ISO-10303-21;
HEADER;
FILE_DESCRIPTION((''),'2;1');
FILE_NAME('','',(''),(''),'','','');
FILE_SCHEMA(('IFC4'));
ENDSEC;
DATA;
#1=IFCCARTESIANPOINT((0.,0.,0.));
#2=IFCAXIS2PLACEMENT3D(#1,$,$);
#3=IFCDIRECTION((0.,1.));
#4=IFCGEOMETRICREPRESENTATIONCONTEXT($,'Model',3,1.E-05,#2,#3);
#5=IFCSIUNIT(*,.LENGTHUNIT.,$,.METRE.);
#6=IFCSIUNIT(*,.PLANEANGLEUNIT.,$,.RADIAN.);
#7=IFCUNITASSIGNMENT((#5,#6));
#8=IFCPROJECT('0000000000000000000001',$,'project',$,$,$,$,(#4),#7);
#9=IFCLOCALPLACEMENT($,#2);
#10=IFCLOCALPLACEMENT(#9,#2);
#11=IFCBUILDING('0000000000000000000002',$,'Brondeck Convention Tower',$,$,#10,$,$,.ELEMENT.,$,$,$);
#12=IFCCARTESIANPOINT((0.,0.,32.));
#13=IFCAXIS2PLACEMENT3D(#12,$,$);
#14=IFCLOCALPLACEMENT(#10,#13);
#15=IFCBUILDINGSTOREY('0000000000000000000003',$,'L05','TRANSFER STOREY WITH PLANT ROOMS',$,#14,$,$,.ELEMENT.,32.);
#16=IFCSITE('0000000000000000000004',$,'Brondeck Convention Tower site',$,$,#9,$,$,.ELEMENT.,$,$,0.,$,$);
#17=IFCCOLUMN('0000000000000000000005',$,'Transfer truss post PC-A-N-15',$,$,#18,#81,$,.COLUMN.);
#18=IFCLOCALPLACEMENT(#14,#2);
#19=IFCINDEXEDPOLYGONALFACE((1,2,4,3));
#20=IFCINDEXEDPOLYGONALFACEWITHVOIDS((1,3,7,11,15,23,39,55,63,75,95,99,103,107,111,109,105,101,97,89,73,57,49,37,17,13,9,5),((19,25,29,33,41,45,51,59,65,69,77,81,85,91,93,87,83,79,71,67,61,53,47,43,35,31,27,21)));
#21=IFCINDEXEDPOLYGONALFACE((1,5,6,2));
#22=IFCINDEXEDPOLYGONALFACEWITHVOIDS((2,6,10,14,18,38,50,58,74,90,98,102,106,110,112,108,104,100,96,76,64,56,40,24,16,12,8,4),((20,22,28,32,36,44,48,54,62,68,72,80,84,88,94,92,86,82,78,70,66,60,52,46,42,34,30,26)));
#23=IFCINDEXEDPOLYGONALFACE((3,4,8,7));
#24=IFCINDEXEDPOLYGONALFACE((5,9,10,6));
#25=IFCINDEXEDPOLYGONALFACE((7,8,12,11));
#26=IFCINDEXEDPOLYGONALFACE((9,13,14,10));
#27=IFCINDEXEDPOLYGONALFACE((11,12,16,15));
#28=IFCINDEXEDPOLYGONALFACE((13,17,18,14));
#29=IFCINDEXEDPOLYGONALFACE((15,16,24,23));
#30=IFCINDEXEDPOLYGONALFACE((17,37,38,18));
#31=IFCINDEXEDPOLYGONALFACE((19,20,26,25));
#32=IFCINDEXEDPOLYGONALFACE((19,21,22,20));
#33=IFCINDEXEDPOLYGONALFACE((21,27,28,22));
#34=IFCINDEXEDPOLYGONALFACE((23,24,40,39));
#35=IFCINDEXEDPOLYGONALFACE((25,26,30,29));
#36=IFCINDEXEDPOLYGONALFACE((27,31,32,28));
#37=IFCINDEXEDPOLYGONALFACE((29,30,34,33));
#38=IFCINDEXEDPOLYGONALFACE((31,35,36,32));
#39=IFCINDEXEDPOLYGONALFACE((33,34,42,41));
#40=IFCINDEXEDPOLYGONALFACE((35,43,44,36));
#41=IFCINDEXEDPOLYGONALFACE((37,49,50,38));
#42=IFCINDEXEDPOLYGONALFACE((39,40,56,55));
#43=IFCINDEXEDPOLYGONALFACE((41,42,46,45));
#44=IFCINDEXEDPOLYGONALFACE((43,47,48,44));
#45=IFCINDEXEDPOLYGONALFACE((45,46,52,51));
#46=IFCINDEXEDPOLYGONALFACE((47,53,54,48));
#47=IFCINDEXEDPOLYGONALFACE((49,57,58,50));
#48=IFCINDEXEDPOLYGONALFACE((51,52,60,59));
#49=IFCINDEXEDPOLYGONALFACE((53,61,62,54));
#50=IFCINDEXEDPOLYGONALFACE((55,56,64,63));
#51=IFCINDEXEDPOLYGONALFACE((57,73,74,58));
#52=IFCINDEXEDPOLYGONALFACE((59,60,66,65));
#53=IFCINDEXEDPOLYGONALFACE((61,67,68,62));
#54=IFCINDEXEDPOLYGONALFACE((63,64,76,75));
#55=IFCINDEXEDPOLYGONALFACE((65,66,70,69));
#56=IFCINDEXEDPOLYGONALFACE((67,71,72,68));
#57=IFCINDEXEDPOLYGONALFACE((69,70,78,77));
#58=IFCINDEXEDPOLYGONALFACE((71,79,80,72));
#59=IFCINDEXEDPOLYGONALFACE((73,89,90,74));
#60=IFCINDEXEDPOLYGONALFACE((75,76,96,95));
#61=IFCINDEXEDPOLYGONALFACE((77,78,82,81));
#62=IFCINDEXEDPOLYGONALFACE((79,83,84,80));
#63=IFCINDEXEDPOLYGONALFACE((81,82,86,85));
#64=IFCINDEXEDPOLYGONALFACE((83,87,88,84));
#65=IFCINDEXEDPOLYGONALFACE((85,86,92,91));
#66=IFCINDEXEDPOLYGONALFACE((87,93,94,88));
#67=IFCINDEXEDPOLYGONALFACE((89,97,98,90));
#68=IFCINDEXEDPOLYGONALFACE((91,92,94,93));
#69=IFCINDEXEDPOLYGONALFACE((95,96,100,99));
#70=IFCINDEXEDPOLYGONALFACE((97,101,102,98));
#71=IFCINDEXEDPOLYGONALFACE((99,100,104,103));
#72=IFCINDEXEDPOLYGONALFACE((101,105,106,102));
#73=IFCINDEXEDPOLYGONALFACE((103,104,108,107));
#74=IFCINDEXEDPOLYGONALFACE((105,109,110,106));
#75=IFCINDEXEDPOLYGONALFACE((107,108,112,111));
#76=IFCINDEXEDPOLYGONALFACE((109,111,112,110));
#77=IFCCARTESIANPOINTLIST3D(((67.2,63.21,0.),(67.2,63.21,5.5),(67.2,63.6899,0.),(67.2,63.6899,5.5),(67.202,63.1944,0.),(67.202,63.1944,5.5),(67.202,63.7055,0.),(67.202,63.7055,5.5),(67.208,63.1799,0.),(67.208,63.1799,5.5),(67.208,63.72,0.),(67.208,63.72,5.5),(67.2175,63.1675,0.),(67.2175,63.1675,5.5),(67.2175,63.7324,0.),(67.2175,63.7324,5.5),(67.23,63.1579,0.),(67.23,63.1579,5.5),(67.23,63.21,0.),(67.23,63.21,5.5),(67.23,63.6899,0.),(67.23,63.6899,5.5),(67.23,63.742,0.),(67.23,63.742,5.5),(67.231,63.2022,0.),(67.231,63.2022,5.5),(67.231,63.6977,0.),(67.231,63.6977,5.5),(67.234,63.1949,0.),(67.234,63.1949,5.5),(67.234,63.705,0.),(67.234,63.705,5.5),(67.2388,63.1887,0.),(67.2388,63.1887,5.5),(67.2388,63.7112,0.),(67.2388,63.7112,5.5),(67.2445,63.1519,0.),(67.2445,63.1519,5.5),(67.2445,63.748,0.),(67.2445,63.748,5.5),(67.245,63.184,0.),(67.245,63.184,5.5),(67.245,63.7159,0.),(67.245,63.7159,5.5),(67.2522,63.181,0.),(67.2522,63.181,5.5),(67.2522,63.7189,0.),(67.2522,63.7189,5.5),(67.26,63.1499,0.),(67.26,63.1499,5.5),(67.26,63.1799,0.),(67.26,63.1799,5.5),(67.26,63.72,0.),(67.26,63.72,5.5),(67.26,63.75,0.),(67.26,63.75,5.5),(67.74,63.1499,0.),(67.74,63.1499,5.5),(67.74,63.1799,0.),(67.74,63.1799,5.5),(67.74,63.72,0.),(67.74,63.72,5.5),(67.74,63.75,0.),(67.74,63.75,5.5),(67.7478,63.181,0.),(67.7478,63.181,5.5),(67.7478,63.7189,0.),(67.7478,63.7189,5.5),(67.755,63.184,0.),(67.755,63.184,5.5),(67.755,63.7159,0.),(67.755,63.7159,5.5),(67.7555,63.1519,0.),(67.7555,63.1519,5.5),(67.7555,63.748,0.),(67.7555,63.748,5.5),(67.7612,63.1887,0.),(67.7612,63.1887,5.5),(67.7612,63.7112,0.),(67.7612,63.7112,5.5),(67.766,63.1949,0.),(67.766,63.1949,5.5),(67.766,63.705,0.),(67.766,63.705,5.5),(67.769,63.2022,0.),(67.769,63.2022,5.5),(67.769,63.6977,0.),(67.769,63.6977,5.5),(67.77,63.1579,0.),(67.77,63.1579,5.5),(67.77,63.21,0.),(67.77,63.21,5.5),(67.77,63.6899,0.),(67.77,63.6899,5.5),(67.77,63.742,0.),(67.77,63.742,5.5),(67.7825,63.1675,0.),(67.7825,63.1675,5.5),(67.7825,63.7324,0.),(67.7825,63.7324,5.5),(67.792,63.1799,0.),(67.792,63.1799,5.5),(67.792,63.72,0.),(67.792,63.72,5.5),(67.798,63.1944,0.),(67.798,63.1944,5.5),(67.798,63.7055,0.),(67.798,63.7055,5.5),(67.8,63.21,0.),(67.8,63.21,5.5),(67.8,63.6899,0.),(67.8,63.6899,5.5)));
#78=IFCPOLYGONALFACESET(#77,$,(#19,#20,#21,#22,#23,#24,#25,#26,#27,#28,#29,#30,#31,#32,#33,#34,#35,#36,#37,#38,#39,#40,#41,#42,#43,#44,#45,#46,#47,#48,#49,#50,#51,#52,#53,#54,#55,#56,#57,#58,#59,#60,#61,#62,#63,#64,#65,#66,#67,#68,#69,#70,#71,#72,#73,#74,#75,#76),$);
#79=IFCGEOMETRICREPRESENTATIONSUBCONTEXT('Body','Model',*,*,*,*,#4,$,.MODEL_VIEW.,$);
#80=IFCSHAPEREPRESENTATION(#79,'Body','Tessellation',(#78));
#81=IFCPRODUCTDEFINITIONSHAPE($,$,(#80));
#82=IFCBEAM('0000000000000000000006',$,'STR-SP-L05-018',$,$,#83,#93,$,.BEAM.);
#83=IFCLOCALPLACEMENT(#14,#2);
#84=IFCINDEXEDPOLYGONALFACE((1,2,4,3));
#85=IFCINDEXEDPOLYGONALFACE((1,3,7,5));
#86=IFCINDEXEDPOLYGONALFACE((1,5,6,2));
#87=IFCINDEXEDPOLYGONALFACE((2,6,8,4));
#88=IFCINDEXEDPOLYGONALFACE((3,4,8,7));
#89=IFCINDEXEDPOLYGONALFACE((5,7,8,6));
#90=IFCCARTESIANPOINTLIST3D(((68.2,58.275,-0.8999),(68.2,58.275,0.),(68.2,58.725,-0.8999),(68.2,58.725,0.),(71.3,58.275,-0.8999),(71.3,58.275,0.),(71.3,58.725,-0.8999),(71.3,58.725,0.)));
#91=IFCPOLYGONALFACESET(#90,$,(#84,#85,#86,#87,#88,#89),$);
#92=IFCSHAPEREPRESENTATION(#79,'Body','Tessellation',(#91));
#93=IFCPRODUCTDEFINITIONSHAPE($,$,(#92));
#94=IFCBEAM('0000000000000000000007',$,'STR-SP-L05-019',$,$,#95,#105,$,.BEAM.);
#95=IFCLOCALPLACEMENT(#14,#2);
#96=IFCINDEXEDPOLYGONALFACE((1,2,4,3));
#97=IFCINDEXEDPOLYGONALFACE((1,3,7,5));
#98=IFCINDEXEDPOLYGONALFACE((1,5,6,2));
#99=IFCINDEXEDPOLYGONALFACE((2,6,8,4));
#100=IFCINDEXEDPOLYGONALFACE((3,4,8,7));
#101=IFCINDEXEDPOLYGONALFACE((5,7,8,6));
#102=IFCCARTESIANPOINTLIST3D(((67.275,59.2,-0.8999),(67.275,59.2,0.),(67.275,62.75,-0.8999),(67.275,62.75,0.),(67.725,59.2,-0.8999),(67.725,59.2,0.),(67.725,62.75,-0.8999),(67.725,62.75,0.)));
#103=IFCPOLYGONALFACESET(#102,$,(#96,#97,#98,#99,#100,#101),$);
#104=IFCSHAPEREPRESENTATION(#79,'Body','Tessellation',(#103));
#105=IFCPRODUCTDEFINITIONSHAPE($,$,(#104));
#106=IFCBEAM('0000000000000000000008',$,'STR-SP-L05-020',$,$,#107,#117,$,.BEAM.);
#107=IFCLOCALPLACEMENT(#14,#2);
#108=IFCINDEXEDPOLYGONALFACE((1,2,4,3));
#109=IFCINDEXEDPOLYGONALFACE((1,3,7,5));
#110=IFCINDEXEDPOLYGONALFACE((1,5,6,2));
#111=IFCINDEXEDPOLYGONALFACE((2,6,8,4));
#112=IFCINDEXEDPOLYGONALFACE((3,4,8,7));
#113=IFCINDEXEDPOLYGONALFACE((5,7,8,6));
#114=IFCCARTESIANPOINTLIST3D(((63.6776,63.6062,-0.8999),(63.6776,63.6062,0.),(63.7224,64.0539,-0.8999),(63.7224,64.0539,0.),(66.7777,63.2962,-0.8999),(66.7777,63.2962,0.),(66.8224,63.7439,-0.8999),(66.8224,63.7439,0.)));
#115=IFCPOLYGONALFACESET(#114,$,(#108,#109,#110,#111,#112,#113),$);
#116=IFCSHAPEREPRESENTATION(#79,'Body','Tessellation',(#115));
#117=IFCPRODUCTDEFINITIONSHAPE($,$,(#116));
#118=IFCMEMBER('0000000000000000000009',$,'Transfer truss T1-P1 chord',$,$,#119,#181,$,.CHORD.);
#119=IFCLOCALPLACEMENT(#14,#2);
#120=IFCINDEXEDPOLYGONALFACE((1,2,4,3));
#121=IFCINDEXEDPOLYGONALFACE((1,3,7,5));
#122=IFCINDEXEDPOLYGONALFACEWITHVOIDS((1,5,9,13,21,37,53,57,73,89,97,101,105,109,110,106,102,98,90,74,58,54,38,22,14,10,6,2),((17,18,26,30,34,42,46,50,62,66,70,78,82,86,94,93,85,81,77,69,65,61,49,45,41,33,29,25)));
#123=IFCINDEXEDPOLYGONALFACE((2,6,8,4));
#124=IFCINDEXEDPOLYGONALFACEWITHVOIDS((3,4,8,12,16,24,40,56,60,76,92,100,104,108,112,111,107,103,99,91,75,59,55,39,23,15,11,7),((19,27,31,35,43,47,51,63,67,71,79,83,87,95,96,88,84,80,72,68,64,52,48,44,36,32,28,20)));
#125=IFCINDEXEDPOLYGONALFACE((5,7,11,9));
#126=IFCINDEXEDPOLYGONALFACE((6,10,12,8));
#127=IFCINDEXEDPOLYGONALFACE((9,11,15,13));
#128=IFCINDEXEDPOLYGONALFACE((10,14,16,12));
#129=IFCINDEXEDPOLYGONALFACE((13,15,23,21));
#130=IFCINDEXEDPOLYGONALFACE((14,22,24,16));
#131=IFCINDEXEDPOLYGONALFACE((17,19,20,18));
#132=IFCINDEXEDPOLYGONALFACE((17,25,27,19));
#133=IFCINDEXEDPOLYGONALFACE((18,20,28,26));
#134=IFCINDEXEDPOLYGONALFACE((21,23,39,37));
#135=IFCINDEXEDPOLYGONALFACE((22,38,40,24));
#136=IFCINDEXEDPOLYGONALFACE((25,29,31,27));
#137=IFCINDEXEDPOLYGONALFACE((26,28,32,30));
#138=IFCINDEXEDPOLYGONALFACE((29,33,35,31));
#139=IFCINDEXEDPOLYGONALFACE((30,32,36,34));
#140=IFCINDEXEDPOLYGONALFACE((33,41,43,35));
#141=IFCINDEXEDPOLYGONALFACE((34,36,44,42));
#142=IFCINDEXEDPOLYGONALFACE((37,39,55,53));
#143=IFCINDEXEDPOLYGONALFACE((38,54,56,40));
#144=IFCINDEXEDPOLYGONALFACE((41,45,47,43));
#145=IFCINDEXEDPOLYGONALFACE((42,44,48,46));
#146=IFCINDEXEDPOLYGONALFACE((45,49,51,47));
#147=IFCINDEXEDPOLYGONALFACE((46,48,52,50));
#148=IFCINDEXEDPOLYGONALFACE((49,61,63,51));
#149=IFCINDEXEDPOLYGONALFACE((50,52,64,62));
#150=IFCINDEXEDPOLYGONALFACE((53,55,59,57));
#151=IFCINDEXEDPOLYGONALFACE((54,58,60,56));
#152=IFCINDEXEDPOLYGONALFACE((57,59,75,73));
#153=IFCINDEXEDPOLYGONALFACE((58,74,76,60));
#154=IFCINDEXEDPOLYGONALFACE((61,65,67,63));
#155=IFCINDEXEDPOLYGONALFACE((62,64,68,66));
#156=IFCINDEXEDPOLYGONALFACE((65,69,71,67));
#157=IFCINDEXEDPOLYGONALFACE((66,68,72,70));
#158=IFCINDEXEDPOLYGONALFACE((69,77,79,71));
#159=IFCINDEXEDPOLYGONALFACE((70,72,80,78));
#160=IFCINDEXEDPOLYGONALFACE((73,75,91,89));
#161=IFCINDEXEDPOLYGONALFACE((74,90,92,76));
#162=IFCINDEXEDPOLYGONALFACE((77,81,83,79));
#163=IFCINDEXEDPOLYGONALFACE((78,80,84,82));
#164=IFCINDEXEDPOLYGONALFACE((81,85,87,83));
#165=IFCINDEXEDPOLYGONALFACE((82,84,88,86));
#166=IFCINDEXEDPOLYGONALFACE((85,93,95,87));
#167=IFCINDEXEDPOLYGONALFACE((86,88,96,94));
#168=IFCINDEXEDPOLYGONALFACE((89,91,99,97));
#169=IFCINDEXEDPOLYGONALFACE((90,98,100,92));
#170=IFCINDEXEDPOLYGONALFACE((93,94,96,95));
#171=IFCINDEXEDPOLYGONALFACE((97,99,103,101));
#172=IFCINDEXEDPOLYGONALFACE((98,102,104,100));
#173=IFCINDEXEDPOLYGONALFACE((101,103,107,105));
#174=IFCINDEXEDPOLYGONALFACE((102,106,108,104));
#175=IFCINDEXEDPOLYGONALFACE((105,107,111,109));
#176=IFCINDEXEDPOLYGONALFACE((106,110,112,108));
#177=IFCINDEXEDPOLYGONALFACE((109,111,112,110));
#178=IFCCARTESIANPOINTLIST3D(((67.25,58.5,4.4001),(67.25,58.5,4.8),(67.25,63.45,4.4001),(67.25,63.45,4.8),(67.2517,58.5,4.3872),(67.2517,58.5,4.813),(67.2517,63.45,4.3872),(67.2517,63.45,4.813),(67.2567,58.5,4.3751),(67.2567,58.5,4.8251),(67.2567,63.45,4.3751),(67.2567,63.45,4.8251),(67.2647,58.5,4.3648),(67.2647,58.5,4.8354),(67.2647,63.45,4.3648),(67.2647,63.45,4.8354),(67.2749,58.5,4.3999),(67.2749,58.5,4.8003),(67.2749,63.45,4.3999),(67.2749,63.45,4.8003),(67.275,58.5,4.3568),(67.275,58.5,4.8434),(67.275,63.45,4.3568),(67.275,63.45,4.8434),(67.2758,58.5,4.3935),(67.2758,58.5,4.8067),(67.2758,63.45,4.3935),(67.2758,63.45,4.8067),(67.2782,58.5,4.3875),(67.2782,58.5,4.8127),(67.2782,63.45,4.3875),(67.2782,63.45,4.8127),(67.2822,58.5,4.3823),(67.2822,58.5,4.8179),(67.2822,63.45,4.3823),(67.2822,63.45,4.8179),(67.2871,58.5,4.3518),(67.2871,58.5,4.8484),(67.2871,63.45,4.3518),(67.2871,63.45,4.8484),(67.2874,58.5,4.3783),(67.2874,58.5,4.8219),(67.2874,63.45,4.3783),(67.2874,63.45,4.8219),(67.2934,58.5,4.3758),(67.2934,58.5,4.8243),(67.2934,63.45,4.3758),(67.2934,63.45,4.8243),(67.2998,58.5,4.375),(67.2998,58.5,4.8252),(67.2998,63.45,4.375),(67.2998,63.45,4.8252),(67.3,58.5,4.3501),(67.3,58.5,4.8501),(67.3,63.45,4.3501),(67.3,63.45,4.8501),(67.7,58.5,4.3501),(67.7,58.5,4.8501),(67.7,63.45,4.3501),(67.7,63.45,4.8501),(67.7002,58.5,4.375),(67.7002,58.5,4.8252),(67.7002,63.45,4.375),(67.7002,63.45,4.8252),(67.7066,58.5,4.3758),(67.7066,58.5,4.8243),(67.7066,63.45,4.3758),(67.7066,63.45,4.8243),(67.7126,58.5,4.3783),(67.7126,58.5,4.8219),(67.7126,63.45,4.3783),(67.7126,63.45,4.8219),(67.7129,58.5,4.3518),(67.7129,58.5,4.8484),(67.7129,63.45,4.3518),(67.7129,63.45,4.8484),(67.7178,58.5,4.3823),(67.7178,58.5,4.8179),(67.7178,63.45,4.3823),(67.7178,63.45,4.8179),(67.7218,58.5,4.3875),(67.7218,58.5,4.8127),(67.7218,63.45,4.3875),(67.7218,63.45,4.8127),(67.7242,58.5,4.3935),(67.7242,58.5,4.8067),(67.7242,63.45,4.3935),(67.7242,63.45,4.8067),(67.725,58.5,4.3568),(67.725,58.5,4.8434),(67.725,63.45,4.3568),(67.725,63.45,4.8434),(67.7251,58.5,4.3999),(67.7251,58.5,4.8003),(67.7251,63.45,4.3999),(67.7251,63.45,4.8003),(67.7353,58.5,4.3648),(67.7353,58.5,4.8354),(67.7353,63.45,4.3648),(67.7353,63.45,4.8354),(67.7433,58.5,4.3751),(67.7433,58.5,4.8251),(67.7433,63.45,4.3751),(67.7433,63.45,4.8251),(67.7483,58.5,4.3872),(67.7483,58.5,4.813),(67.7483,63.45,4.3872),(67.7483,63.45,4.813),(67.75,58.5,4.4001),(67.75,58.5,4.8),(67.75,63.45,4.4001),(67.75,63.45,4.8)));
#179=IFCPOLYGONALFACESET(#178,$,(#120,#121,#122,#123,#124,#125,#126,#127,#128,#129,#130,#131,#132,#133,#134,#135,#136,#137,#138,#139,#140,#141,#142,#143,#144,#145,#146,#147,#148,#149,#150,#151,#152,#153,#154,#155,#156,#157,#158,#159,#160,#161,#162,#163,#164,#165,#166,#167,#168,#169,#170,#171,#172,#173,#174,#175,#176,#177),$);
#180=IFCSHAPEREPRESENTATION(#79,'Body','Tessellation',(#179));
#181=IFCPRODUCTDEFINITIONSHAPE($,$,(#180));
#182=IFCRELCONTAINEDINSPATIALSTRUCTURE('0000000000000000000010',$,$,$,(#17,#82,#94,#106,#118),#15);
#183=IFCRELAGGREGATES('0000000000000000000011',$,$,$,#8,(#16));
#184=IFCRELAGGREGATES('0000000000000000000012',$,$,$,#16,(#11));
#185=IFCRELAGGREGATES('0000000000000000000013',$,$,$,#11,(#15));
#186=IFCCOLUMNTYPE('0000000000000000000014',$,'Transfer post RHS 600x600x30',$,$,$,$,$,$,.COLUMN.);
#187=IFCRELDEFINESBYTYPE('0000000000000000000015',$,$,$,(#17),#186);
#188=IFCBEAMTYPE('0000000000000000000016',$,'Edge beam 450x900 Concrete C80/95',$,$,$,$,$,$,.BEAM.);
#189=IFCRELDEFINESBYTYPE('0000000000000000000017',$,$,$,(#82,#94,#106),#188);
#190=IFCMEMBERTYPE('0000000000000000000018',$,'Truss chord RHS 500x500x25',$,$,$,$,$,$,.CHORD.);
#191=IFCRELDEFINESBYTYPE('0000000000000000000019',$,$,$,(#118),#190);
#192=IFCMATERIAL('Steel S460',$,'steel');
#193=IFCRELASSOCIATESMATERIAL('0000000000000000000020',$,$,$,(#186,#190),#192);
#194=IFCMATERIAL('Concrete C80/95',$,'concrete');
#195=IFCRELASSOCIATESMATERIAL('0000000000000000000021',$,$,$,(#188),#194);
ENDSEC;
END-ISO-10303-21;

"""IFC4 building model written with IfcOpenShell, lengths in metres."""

from ifc_helpers import new_model, si_unit, direction, frame, origin, origin_2d, place, context, subcontext, project, spatial, rectangle, hollow_rectangle, extrude, material, material_profile, profile_set, type_object, element, save


model = new_model("IFC4")

# Units and contexts
model_context = context("Model", 3, precision=1e-05, world=origin(), true_north=direction((0.0, 1.0)))
body_context = subcontext(model_context, "Body", "Model", "MODEL_VIEW")
ifc_project = project(units=[si_unit("LENGTHUNIT", "METRE"), si_unit("PLANEANGLEUNIT", "RADIAN")], contexts=[model_context])

# Site, building, storey
site_placement = place(None, origin())
site = spatial("IfcSite", under=ifc_project, at=site_placement, Name="Brondeck Convention Tower site", CompositionType="ELEMENT", RefElevation=0.0)
building_placement = place(site_placement, origin())
building = spatial("IfcBuilding", under=site, at=building_placement, Name="Brondeck Convention Tower", CompositionType="ELEMENT")
storey_placement = place(building_placement, frame((0.0, 0.0, 32.0)))
storey = spatial("IfcBuildingStorey", under=building, at=storey_placement, Name="L05", Description="TRANSFER STOREY WITH PLANT ROOMS", CompositionType="ELEMENT", Elevation=32.0)

# Column
ifc_material_1 = material(Name="Steel S460", Category="steel")
ifc_material_profile_1 = material_profile(ifc_material_1, hollow_rectangle(XDim=0.6001, YDim=0.6001, WallThickness=0.03, InnerFilletRadius=0.03, OuterFilletRadius=0.0601, at=origin_2d()), Name="RHS 600x600x30")
ifc_profile_set_1 = profile_set([ifc_material_profile_1], Name="Steel S460")
column_type = type_object("IfcColumnType", Name="Transfer post RHS 600x600x30", PredefinedType="COLUMN", material=ifc_profile_set_1)
for number, where, z_axis, x_axis, name in (
    (1, (67.5, 63.45, 0.0), (0.0, 0.0, 1.0), (1.0, 0.0, 0.0), "Transfer truss post PC-A-N-15"),
):
    element("IfcColumn", number, at=place(storey_placement, frame(where, z_axis=z_axis, x_axis=x_axis)), inside=storey, type_object=column_type, Name=name, PredefinedType="COLUMN", context=body_context, shape_type="SweptSolid", body=[
        extrude(hollow_rectangle(XDim=0.6001, YDim=0.6001, WallThickness=0.03, InnerFilletRadius=0.03, OuterFilletRadius=0.0601, at=origin_2d()), origin(), (0.0, 0.0, 1.0), 5.5),
    ])

# Beams
ifc_material_2 = material(Name="Concrete C80/95", Category="concrete")
ifc_material_profile_2 = material_profile(ifc_material_2, rectangle(XDim=0.45, YDim=0.8999, at=origin_2d()), Name="Edge beam 450x900 Concrete C80/95")
ifc_profile_set_2 = profile_set([ifc_material_profile_2], Name="Concrete C80/95")
beam_type = type_object("IfcBeamType", Name="Edge beam 450x900 Concrete C80/95", PredefinedType="BEAM", material=ifc_profile_set_2)
beam_1_placement = place(storey_placement, frame((71.3, 58.5, -0.45), z_axis=(-1.0, 0.0, 0.0), x_axis=(0.0, -1.0, 0.0)))
element("IfcBeam", 2, at=beam_1_placement, inside=storey, type_object=beam_type, Name="STR-SP-L05-018", PredefinedType="BEAM", context=body_context, shape_type="SweptSolid", body=[
    extrude(rectangle(XDim=0.45, YDim=0.8999, at=origin_2d()), origin(), (0.0, 0.0, 1.0), 3.1001),
])
beam_2_placement = place(storey_placement, frame((67.5, 59.2, -0.45), z_axis=(0.0, 1.0, 0.0), x_axis=(-1.0, 0.0, 0.0)))
element("IfcBeam", 3, at=beam_2_placement, inside=storey, type_object=beam_type, Name="STR-SP-L05-019", PredefinedType="BEAM", context=body_context, shape_type="SweptSolid", body=[
    extrude(rectangle(XDim=0.45, YDim=0.8999, at=origin_2d()), origin(), (0.0, 0.0, 1.0), 3.55),
])
beam_3_placement = place(storey_placement, frame((66.8, 63.52, -0.45), z_axis=(-0.995036, 0.099519, 0.0), x_axis=(-0.099519, -0.995036, 0.0)))
element("IfcBeam", 4, at=beam_3_placement, inside=storey, type_object=beam_type, Name="STR-SP-L05-020", PredefinedType="BEAM", context=body_context, shape_type="SweptSolid", body=[
    extrude(rectangle(XDim=0.45, YDim=0.8999, at=origin_2d()), origin(), (0.0, 0.0, 1.0), 3.1155),
])

# Member
ifc_material_profile_3 = material_profile(ifc_material_1, hollow_rectangle(XDim=0.5, YDim=0.5, WallThickness=0.0249, InnerFilletRadius=0.0249, OuterFilletRadius=0.05, at=origin_2d()), Name="RHS 500x500x25")
ifc_profile_set_3 = profile_set([ifc_material_profile_3], Name="Steel S460")
member_type_1 = type_object("IfcMemberType", Name="Truss chord RHS 500x500x25", PredefinedType="CHORD", material=ifc_profile_set_3)
member_1_placement = place(storey_placement, frame((67.5, 58.5, 4.6001), z_axis=(0.0, 1.0, 0.0), x_axis=(-1.0, 0.0, 0.0)))
element("IfcMember", 5, at=member_1_placement, inside=storey, type_object=member_type_1, Name="Transfer truss T1-P1 chord", PredefinedType="CHORD", context=body_context, shape_type="SweptSolid", body=[
    extrude(hollow_rectangle(XDim=0.5, YDim=0.5, WallThickness=0.0249, InnerFilletRadius=0.0249, OuterFilletRadius=0.05, at=origin_2d()), origin(), (0.0, 0.0, 1.0), 4.95),
])

save(model, "model.ifc")
